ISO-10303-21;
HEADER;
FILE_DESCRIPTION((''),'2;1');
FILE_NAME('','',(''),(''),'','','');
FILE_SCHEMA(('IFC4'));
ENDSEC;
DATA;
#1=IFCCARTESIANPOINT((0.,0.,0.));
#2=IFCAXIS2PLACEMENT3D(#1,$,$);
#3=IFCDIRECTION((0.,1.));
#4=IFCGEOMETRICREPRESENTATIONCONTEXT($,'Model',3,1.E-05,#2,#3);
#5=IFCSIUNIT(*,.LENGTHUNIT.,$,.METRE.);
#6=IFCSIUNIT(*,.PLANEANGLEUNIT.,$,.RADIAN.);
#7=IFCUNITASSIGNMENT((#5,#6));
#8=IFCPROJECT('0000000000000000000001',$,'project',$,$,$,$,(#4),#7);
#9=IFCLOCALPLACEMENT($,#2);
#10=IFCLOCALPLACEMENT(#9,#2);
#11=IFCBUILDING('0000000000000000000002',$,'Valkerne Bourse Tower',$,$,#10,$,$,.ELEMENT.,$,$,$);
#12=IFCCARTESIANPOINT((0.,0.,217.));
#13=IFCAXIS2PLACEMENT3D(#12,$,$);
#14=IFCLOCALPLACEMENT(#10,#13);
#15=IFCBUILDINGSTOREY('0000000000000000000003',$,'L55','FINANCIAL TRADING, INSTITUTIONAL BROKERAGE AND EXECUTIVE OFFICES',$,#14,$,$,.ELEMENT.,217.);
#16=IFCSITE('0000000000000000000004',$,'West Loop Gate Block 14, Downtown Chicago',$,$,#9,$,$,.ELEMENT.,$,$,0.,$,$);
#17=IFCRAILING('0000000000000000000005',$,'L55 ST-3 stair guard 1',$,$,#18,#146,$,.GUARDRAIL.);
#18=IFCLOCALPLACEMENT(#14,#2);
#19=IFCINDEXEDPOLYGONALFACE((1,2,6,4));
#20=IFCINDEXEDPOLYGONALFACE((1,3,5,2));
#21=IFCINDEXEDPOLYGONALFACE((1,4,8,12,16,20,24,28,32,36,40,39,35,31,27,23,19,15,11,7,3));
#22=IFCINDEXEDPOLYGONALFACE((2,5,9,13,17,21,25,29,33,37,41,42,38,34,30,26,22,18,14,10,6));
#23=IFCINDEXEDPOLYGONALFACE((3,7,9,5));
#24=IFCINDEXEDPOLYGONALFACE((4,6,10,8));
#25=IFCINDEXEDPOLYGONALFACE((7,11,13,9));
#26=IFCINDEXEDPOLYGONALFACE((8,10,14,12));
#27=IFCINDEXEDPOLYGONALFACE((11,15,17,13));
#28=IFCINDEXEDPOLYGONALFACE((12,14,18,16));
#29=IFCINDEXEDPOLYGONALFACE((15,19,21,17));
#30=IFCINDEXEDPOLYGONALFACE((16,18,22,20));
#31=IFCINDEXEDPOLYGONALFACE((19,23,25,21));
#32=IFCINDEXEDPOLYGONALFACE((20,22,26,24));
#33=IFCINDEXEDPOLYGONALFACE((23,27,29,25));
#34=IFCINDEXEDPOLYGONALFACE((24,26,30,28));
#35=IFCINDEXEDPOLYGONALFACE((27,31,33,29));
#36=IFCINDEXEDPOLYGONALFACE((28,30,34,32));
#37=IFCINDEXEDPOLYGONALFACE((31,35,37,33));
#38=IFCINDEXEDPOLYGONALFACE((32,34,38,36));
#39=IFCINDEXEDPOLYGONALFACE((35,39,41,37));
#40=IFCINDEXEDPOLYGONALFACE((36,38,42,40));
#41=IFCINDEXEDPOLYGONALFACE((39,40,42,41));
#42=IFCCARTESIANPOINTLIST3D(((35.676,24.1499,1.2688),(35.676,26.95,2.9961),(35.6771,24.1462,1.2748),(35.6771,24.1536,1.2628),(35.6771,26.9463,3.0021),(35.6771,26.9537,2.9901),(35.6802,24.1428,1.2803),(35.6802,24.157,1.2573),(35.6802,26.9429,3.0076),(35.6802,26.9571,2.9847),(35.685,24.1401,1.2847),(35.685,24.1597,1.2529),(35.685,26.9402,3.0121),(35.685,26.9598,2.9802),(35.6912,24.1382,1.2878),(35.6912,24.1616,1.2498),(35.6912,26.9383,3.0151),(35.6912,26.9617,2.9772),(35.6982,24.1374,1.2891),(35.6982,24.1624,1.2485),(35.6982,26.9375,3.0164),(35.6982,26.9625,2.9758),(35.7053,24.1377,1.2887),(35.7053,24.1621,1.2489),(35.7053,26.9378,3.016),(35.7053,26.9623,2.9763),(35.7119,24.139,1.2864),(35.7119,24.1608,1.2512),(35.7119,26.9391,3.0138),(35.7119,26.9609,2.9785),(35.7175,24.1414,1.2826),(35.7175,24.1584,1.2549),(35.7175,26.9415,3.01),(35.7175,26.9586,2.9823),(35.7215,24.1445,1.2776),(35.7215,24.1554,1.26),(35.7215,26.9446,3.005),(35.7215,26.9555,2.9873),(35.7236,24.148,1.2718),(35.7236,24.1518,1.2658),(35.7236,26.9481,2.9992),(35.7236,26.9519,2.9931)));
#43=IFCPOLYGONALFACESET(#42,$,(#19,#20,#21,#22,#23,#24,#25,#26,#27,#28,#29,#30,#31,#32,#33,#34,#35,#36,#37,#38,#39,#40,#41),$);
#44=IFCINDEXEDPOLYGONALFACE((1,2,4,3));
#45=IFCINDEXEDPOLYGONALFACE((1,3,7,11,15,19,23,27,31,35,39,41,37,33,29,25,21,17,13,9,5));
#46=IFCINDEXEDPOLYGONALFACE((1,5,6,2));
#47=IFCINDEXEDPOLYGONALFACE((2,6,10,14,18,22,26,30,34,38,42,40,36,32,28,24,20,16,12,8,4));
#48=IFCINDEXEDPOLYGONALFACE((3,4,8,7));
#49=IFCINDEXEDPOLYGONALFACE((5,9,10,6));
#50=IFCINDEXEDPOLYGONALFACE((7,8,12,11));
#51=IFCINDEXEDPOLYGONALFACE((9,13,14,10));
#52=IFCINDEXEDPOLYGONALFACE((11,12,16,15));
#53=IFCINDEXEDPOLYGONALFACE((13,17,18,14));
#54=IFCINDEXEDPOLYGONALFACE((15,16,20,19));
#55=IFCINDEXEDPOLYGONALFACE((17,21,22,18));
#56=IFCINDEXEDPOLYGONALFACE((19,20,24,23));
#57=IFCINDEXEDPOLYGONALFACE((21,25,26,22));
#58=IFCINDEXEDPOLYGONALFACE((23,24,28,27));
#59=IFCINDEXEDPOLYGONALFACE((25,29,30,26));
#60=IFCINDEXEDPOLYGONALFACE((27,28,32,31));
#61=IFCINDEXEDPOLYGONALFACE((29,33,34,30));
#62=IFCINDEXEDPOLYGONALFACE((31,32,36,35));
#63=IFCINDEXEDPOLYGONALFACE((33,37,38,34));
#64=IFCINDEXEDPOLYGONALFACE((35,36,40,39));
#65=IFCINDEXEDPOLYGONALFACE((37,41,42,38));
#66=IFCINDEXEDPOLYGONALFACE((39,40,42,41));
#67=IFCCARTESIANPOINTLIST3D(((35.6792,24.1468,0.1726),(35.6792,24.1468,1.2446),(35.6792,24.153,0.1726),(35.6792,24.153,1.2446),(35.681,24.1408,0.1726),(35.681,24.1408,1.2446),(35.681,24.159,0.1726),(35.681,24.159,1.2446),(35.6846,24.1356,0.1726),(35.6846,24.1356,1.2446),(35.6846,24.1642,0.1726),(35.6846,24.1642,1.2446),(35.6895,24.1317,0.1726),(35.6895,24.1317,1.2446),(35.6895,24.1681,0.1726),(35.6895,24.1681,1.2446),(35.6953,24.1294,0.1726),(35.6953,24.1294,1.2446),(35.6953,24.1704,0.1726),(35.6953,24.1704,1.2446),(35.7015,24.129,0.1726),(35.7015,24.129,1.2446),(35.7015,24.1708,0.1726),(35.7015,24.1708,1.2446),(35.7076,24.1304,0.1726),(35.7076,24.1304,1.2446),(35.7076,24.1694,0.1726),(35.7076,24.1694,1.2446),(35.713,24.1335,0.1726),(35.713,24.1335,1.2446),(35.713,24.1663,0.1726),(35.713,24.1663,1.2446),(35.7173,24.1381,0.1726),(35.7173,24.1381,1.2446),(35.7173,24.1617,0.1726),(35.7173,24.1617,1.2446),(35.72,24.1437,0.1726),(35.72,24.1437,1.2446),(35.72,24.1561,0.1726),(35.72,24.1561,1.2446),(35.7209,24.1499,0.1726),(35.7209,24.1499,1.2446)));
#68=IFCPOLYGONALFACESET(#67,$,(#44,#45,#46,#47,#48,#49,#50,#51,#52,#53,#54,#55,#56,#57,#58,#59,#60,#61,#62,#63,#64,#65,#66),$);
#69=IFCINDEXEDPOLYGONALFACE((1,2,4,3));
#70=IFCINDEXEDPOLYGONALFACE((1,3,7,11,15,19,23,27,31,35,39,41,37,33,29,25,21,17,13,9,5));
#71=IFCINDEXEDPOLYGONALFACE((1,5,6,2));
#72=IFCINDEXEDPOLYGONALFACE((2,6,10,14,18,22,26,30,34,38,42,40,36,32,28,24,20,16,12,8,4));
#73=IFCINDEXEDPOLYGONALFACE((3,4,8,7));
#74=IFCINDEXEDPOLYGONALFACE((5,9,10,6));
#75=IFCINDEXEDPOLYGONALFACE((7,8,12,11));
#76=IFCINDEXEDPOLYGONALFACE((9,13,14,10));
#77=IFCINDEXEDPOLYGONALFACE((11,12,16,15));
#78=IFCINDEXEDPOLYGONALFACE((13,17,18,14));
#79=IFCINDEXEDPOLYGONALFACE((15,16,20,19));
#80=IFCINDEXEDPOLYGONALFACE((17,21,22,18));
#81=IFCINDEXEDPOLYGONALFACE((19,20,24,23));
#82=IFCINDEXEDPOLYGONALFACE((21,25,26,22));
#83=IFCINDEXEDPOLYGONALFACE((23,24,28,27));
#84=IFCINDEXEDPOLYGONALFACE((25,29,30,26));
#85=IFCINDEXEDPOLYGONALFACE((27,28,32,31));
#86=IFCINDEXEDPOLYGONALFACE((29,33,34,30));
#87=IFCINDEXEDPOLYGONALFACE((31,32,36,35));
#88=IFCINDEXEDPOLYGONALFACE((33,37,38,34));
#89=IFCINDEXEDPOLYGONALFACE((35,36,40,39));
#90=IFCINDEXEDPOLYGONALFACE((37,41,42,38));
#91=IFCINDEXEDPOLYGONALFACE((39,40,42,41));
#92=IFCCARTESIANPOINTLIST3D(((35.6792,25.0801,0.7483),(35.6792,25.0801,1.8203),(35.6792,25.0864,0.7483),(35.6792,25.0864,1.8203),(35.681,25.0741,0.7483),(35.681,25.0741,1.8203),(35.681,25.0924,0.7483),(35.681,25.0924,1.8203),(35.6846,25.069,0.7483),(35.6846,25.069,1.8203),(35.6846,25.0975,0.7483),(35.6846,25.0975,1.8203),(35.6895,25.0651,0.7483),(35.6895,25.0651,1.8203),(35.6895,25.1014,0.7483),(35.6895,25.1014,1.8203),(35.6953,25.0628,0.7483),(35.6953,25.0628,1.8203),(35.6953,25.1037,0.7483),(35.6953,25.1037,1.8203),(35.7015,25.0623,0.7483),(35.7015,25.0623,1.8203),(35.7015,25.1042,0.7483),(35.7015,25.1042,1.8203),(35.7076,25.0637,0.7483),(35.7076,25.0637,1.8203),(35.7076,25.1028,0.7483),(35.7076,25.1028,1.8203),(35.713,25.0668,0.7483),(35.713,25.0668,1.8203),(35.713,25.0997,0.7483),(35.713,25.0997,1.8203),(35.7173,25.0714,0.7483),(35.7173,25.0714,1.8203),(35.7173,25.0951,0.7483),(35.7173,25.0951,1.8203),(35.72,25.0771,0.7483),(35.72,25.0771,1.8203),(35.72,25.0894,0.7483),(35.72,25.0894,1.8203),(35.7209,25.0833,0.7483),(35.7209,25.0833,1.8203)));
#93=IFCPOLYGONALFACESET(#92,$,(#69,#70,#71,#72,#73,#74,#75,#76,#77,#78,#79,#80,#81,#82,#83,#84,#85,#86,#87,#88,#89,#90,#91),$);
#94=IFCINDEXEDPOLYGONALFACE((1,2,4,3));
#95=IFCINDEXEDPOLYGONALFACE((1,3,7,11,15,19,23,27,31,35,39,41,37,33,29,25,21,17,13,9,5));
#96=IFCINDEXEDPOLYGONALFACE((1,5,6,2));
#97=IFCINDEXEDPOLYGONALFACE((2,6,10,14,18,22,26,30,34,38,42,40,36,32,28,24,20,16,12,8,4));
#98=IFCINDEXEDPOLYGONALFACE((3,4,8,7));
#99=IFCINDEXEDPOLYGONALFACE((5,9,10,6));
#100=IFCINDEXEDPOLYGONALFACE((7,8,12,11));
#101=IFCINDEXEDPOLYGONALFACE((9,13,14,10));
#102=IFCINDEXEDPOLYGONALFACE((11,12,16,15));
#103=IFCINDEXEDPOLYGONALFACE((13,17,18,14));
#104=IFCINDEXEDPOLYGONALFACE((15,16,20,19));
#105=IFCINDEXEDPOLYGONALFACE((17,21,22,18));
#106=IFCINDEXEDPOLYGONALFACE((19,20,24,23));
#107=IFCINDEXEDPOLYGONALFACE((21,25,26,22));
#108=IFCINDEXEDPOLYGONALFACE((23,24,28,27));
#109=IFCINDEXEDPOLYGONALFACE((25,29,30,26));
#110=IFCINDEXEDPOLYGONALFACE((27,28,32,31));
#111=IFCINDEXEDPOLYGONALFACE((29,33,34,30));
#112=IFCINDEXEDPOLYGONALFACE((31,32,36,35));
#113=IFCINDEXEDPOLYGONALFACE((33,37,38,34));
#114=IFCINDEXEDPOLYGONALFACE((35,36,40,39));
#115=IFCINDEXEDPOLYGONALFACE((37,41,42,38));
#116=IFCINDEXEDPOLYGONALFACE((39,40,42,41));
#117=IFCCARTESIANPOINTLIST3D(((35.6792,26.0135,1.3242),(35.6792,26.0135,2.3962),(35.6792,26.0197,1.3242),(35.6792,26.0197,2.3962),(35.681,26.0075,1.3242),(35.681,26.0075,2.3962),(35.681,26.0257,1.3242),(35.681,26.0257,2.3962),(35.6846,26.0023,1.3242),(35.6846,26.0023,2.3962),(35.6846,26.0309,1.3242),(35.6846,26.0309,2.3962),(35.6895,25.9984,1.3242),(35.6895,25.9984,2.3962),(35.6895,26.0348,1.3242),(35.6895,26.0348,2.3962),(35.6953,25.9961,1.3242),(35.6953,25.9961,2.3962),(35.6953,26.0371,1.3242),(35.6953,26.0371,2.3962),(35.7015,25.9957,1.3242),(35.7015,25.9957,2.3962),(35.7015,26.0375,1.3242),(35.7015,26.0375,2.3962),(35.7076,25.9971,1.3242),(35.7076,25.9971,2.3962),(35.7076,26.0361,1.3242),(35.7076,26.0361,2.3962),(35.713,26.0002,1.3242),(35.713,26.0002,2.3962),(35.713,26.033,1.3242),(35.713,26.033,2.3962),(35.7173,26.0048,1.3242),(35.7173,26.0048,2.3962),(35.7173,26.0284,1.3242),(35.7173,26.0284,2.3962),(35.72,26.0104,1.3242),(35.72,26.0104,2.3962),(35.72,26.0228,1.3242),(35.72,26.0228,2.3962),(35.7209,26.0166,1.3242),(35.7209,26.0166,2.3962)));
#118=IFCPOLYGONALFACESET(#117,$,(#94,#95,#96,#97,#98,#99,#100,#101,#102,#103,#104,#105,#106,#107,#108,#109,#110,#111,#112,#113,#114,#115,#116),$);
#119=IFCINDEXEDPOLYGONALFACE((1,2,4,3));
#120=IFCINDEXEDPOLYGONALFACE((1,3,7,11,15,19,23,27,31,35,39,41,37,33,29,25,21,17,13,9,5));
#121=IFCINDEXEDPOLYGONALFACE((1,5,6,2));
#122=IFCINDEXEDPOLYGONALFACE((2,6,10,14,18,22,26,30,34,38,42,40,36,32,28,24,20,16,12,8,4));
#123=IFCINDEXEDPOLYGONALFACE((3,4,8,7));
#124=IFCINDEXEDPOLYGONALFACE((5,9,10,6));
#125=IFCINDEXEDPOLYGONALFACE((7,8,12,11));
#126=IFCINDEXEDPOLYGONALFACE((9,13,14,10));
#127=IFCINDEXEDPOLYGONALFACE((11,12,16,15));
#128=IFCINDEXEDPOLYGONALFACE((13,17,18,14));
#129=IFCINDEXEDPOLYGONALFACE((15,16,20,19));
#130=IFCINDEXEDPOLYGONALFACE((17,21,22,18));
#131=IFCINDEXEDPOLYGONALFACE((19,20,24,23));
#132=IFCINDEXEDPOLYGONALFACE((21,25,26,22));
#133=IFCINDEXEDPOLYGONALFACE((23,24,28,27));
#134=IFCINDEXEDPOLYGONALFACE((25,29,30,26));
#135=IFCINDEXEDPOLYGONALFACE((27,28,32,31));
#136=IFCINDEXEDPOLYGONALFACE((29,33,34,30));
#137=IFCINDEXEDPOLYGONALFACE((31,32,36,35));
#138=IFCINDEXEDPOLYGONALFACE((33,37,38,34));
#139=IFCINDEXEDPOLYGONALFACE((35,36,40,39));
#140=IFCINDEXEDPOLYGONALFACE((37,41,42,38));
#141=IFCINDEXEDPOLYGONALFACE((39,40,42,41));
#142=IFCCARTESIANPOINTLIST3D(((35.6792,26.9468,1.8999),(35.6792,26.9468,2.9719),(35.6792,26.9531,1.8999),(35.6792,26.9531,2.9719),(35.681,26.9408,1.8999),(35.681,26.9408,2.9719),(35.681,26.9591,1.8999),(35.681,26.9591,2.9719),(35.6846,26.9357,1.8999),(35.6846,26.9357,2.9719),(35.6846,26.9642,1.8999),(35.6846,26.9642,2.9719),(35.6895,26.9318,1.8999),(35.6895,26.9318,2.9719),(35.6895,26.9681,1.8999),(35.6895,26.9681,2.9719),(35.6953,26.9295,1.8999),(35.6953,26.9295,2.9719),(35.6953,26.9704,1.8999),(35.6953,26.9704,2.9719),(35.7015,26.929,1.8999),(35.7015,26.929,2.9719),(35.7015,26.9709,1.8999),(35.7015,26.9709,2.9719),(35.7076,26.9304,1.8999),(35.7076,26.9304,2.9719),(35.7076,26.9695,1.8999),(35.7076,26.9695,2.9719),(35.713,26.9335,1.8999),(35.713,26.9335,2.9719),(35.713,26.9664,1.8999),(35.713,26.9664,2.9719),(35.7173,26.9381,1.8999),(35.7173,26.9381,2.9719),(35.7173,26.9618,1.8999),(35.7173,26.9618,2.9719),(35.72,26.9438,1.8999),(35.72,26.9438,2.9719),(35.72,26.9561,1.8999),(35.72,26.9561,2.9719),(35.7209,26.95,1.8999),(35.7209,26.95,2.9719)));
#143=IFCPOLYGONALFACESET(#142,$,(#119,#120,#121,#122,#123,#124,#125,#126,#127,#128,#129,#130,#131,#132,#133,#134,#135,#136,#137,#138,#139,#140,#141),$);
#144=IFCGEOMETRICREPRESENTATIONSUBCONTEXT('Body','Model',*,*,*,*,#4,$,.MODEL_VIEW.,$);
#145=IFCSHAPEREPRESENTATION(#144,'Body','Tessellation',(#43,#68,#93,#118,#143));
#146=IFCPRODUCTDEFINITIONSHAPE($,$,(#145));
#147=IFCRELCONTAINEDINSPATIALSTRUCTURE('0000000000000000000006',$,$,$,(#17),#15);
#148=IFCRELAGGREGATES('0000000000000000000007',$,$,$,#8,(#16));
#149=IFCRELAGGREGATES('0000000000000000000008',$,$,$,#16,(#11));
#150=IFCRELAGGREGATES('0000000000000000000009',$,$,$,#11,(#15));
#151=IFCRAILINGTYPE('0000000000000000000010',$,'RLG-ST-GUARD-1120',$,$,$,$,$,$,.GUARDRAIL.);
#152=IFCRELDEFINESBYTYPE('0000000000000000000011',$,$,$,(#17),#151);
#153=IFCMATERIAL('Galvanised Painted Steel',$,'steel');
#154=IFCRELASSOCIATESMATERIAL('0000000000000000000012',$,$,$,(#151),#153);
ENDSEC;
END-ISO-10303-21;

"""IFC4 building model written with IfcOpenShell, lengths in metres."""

from ifc_helpers import new_model, si_unit, direction, frame, origin, origin_2d, place, context, subcontext, project, spatial, circle, extrude, material, type_object, element, save


model = new_model("IFC4")

# Units and contexts
model_context = context("Model", 3, precision=1e-05, world=origin(), true_north=direction((0.0, 1.0)))
body_context = subcontext(model_context, "Body", "Model", "MODEL_VIEW")
ifc_project = project(units=[si_unit("LENGTHUNIT", "METRE"), si_unit("PLANEANGLEUNIT", "RADIAN")], contexts=[model_context])

# Site, building, storey
site_placement = place(None, origin())
site = spatial("IfcSite", under=ifc_project, at=site_placement, Name="West Loop Gate Block 14, Downtown Chicago", CompositionType="ELEMENT", RefElevation=0.0)
building_placement = place(site_placement, origin())
building = spatial("IfcBuilding", under=site, at=building_placement, Name="Valkerne Bourse Tower", CompositionType="ELEMENT")
storey_placement = place(building_placement, frame((0.0, 0.0, 217.0)))
storey = spatial("IfcBuildingStorey", under=building, at=storey_placement, Name="L55", Description="FINANCIAL TRADING, INSTITUTIONAL BROKERAGE AND EXECUTIVE OFFICES", CompositionType="ELEMENT", Elevation=217.0)

# Railing
ifc_material_1 = material(Name="Galvanised Painted Steel", Category="steel")
railing_type_1 = type_object("IfcRailingType", Name="RLG-ST-GUARD-1120", PredefinedType="GUARDRAIL", material=ifc_material_1)
railing_1_placement = place(storey_placement, frame((35.7, 24.1499, 0.1726)))
element("IfcRailing", 1, at=railing_1_placement, inside=storey, type_object=railing_type_1, Name="L55 ST-3 stair guard 1", PredefinedType="GUARDRAIL", context=body_context, shape_type="SweptSolid", body=[
    extrude(circle(Radius=0.0239, at=origin_2d()), frame((0.0, 0.0, 1.0962), z_axis=(0.0, 0.85109, 0.52502), x_axis=(-1.0, 0.0, 0.0)), (0.0, 0.0, 1.0), 3.29),
    extrude(circle(Radius=0.021, at=origin_2d()), origin(), (0.0, 0.0, 1.0), 1.072),
    extrude(circle(Radius=0.021, at=origin_2d()), frame((0.0, 0.9333, 0.5757)), (0.0, 0.0, 1.0), 1.072),
    extrude(circle(Radius=0.021, at=origin_2d()), frame((0.0, 1.8667, 1.1516)), (0.0, 0.0, 1.0), 1.072),
    extrude(circle(Radius=0.021, at=origin_2d()), frame((0.0, 2.8, 1.7273)), (0.0, 0.0, 1.0), 1.072),
])

save(model, "model.ifc")
